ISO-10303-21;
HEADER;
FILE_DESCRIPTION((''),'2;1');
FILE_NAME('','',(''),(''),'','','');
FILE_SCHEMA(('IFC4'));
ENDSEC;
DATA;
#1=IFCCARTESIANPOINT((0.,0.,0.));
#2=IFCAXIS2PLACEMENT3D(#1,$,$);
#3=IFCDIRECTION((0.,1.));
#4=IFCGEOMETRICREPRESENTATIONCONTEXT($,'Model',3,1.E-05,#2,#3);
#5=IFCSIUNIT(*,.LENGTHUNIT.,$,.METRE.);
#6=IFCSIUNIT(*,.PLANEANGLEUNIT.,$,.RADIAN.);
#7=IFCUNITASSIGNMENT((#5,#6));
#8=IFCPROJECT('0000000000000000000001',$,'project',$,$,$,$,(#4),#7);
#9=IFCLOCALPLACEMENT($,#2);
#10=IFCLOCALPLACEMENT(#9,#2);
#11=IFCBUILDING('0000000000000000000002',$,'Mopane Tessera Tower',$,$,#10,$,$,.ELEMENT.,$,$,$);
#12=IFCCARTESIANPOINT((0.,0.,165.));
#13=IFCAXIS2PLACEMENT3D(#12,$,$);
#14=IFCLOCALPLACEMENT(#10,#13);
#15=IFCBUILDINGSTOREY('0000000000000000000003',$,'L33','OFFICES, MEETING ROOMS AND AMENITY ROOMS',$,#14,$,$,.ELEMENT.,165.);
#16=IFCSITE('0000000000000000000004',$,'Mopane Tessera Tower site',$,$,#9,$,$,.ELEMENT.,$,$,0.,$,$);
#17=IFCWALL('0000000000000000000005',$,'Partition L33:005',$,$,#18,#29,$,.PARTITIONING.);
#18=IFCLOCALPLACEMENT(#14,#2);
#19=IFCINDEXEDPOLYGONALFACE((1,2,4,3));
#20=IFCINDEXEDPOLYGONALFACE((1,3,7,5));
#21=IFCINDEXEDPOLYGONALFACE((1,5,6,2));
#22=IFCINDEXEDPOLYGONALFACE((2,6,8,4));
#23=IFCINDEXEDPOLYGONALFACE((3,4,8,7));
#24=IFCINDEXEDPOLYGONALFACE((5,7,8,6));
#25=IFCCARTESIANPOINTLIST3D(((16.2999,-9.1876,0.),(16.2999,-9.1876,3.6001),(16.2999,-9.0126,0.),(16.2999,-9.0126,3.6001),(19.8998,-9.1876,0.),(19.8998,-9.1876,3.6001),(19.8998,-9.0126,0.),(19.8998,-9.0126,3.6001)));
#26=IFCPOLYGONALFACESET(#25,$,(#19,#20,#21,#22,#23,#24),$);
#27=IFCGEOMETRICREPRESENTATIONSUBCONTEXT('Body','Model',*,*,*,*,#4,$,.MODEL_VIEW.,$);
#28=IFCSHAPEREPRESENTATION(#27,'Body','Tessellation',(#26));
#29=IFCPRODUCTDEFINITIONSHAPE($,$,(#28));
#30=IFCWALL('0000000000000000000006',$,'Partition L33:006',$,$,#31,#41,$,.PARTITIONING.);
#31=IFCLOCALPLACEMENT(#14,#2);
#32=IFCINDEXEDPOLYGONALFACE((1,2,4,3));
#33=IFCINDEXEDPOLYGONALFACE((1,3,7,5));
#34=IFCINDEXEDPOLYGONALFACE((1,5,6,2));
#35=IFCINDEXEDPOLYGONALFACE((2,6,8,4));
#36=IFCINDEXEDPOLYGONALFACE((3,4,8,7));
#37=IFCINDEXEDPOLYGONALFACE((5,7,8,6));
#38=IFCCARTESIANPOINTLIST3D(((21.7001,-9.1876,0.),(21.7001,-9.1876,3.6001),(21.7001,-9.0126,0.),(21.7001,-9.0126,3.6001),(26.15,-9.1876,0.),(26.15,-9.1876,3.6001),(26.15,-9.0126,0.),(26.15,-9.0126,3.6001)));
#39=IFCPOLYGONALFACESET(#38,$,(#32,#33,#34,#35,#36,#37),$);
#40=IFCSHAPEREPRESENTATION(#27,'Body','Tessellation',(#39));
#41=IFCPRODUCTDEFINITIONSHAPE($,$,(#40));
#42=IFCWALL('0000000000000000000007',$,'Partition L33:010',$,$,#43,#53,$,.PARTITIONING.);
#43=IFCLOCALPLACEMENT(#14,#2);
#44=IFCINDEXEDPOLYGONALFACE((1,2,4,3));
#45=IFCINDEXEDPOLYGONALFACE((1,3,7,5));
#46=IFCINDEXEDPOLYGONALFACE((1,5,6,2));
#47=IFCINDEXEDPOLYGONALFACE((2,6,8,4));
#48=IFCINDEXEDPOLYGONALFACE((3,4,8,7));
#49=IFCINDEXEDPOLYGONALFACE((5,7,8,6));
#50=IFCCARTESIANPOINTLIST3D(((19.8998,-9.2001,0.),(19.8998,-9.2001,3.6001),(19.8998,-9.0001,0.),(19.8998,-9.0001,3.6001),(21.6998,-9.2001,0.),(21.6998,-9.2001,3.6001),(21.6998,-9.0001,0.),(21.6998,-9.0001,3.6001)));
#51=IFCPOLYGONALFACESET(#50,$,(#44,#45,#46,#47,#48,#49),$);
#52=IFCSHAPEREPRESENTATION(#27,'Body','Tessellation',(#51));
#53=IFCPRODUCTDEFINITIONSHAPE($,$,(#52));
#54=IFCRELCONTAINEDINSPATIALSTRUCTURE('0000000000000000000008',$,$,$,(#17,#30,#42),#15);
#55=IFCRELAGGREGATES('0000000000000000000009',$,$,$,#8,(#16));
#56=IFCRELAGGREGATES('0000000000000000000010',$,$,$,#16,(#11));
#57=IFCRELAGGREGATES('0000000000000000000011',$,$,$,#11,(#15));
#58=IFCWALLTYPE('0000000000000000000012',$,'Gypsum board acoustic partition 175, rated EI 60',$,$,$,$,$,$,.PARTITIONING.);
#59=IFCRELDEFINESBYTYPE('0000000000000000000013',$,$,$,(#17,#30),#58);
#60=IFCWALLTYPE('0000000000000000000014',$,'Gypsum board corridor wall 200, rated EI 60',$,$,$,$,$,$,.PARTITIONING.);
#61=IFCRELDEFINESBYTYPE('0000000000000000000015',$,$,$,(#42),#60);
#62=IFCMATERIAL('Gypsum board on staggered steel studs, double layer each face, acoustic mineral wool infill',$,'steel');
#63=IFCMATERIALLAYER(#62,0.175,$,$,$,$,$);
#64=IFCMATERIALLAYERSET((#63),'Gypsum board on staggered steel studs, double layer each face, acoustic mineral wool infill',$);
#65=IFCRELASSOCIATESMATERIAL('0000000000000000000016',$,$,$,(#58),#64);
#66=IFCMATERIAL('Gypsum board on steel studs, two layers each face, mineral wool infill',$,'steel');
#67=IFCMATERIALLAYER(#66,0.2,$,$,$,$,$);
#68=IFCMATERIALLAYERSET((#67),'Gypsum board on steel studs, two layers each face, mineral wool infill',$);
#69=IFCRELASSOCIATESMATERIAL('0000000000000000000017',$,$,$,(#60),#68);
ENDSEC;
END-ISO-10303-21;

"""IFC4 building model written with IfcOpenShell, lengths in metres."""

from ifc_helpers import new_model, si_unit, direction, frame, frame_2d, origin, place, context, subcontext, project, spatial, rectangle, extrude, material, layer, layer_set, type_object, element, save


model = new_model("IFC4")

# Units and contexts
model_context = context("Model", 3, precision=1e-05, world=origin(), true_north=direction((0.0, 1.0)))
body_context = subcontext(model_context, "Body", "Model", "MODEL_VIEW")
ifc_project = project(units=[si_unit("LENGTHUNIT", "METRE"), si_unit("PLANEANGLEUNIT", "RADIAN")], contexts=[model_context])

# Site, building, storey
site_placement = place(None, origin())
site = spatial("IfcSite", under=ifc_project, at=site_placement, Name="Mopane Tessera Tower site", CompositionType="ELEMENT", RefElevation=0.0)
building_placement = place(site_placement, origin())
building = spatial("IfcBuilding", under=site, at=building_placement, Name="Mopane Tessera Tower", CompositionType="ELEMENT")
storey_placement = place(building_placement, frame((0.0, 0.0, 165.0)))
storey = spatial("IfcBuildingStorey", under=building, at=storey_placement, Name="L33", Description="OFFICES, MEETING ROOMS AND AMENITY ROOMS", CompositionType="ELEMENT", Elevation=165.0)

# Walls
ifc_material_1 = material(Name="Gypsum board on staggered steel studs, double layer each face, acoustic mineral wool infill", Category="steel")
ifc_layer_1 = layer(ifc_material_1, 0.175)
ifc_layer_set_1 = layer_set([ifc_layer_1], Name="Gypsum board on staggered steel studs, double layer each face, acoustic mineral wool infill")
wall_type_1 = type_object("IfcWallType", Name="Gypsum board acoustic partition 175, rated EI 60", PredefinedType="PARTITIONING", material=ifc_layer_set_1)
wall_1_placement = place(storey_placement, frame((16.3, -9.1001, 0.0), z_axis=(0.0, 0.0, 1.0), x_axis=(1.0, 0.0, 0.0)))
element("IfcWall", 1, at=wall_1_placement, inside=storey, type_object=wall_type_1, Name="Partition L33:005", PredefinedType="PARTITIONING", context=body_context, shape_type="SweptSolid", body=[
    extrude(rectangle(XDim=3.5999, YDim=0.175, at=frame_2d((1.7998, 0.0))), origin(), (0.0, 0.0, 1.0), 3.6001),
])
wall_2_placement = place(storey_placement, frame((21.7, -9.1001, 0.0), z_axis=(0.0, 0.0, 1.0), x_axis=(1.0, 0.0, 0.0)))
element("IfcWall", 2, at=wall_2_placement, inside=storey, type_object=wall_type_1, Name="Partition L33:006", PredefinedType="PARTITIONING", context=body_context, shape_type="SweptSolid", body=[
    extrude(rectangle(XDim=4.45, YDim=0.175, at=frame_2d((2.2251, 0.0))), origin(), (0.0, 0.0, 1.0), 3.6001),
])
ifc_material_2 = material(Name="Gypsum board on steel studs, two layers each face, mineral wool infill", Category="steel")
ifc_layer_2 = layer(ifc_material_2, 0.2)
ifc_layer_set_2 = layer_set([ifc_layer_2], Name="Gypsum board on steel studs, two layers each face, mineral wool infill")
wall_type_2 = type_object("IfcWallType", Name="Gypsum board corridor wall 200, rated EI 60", PredefinedType="PARTITIONING", material=ifc_layer_set_2)
wall_3_placement = place(storey_placement, frame((19.8999, -9.1001, 0.0), z_axis=(0.0, 0.0, 1.0), x_axis=(1.0, 0.0, 0.0)))
element("IfcWall", 3, at=wall_3_placement, inside=storey, type_object=wall_type_2, Name="Partition L33:010", PredefinedType="PARTITIONING", context=body_context, shape_type="SweptSolid", body=[
    extrude(rectangle(XDim=1.8, YDim=0.2, at=frame_2d((0.8999, 0.0))), origin(), (0.0, 0.0, 1.0), 3.6001),
])

save(model, "model.ifc")
